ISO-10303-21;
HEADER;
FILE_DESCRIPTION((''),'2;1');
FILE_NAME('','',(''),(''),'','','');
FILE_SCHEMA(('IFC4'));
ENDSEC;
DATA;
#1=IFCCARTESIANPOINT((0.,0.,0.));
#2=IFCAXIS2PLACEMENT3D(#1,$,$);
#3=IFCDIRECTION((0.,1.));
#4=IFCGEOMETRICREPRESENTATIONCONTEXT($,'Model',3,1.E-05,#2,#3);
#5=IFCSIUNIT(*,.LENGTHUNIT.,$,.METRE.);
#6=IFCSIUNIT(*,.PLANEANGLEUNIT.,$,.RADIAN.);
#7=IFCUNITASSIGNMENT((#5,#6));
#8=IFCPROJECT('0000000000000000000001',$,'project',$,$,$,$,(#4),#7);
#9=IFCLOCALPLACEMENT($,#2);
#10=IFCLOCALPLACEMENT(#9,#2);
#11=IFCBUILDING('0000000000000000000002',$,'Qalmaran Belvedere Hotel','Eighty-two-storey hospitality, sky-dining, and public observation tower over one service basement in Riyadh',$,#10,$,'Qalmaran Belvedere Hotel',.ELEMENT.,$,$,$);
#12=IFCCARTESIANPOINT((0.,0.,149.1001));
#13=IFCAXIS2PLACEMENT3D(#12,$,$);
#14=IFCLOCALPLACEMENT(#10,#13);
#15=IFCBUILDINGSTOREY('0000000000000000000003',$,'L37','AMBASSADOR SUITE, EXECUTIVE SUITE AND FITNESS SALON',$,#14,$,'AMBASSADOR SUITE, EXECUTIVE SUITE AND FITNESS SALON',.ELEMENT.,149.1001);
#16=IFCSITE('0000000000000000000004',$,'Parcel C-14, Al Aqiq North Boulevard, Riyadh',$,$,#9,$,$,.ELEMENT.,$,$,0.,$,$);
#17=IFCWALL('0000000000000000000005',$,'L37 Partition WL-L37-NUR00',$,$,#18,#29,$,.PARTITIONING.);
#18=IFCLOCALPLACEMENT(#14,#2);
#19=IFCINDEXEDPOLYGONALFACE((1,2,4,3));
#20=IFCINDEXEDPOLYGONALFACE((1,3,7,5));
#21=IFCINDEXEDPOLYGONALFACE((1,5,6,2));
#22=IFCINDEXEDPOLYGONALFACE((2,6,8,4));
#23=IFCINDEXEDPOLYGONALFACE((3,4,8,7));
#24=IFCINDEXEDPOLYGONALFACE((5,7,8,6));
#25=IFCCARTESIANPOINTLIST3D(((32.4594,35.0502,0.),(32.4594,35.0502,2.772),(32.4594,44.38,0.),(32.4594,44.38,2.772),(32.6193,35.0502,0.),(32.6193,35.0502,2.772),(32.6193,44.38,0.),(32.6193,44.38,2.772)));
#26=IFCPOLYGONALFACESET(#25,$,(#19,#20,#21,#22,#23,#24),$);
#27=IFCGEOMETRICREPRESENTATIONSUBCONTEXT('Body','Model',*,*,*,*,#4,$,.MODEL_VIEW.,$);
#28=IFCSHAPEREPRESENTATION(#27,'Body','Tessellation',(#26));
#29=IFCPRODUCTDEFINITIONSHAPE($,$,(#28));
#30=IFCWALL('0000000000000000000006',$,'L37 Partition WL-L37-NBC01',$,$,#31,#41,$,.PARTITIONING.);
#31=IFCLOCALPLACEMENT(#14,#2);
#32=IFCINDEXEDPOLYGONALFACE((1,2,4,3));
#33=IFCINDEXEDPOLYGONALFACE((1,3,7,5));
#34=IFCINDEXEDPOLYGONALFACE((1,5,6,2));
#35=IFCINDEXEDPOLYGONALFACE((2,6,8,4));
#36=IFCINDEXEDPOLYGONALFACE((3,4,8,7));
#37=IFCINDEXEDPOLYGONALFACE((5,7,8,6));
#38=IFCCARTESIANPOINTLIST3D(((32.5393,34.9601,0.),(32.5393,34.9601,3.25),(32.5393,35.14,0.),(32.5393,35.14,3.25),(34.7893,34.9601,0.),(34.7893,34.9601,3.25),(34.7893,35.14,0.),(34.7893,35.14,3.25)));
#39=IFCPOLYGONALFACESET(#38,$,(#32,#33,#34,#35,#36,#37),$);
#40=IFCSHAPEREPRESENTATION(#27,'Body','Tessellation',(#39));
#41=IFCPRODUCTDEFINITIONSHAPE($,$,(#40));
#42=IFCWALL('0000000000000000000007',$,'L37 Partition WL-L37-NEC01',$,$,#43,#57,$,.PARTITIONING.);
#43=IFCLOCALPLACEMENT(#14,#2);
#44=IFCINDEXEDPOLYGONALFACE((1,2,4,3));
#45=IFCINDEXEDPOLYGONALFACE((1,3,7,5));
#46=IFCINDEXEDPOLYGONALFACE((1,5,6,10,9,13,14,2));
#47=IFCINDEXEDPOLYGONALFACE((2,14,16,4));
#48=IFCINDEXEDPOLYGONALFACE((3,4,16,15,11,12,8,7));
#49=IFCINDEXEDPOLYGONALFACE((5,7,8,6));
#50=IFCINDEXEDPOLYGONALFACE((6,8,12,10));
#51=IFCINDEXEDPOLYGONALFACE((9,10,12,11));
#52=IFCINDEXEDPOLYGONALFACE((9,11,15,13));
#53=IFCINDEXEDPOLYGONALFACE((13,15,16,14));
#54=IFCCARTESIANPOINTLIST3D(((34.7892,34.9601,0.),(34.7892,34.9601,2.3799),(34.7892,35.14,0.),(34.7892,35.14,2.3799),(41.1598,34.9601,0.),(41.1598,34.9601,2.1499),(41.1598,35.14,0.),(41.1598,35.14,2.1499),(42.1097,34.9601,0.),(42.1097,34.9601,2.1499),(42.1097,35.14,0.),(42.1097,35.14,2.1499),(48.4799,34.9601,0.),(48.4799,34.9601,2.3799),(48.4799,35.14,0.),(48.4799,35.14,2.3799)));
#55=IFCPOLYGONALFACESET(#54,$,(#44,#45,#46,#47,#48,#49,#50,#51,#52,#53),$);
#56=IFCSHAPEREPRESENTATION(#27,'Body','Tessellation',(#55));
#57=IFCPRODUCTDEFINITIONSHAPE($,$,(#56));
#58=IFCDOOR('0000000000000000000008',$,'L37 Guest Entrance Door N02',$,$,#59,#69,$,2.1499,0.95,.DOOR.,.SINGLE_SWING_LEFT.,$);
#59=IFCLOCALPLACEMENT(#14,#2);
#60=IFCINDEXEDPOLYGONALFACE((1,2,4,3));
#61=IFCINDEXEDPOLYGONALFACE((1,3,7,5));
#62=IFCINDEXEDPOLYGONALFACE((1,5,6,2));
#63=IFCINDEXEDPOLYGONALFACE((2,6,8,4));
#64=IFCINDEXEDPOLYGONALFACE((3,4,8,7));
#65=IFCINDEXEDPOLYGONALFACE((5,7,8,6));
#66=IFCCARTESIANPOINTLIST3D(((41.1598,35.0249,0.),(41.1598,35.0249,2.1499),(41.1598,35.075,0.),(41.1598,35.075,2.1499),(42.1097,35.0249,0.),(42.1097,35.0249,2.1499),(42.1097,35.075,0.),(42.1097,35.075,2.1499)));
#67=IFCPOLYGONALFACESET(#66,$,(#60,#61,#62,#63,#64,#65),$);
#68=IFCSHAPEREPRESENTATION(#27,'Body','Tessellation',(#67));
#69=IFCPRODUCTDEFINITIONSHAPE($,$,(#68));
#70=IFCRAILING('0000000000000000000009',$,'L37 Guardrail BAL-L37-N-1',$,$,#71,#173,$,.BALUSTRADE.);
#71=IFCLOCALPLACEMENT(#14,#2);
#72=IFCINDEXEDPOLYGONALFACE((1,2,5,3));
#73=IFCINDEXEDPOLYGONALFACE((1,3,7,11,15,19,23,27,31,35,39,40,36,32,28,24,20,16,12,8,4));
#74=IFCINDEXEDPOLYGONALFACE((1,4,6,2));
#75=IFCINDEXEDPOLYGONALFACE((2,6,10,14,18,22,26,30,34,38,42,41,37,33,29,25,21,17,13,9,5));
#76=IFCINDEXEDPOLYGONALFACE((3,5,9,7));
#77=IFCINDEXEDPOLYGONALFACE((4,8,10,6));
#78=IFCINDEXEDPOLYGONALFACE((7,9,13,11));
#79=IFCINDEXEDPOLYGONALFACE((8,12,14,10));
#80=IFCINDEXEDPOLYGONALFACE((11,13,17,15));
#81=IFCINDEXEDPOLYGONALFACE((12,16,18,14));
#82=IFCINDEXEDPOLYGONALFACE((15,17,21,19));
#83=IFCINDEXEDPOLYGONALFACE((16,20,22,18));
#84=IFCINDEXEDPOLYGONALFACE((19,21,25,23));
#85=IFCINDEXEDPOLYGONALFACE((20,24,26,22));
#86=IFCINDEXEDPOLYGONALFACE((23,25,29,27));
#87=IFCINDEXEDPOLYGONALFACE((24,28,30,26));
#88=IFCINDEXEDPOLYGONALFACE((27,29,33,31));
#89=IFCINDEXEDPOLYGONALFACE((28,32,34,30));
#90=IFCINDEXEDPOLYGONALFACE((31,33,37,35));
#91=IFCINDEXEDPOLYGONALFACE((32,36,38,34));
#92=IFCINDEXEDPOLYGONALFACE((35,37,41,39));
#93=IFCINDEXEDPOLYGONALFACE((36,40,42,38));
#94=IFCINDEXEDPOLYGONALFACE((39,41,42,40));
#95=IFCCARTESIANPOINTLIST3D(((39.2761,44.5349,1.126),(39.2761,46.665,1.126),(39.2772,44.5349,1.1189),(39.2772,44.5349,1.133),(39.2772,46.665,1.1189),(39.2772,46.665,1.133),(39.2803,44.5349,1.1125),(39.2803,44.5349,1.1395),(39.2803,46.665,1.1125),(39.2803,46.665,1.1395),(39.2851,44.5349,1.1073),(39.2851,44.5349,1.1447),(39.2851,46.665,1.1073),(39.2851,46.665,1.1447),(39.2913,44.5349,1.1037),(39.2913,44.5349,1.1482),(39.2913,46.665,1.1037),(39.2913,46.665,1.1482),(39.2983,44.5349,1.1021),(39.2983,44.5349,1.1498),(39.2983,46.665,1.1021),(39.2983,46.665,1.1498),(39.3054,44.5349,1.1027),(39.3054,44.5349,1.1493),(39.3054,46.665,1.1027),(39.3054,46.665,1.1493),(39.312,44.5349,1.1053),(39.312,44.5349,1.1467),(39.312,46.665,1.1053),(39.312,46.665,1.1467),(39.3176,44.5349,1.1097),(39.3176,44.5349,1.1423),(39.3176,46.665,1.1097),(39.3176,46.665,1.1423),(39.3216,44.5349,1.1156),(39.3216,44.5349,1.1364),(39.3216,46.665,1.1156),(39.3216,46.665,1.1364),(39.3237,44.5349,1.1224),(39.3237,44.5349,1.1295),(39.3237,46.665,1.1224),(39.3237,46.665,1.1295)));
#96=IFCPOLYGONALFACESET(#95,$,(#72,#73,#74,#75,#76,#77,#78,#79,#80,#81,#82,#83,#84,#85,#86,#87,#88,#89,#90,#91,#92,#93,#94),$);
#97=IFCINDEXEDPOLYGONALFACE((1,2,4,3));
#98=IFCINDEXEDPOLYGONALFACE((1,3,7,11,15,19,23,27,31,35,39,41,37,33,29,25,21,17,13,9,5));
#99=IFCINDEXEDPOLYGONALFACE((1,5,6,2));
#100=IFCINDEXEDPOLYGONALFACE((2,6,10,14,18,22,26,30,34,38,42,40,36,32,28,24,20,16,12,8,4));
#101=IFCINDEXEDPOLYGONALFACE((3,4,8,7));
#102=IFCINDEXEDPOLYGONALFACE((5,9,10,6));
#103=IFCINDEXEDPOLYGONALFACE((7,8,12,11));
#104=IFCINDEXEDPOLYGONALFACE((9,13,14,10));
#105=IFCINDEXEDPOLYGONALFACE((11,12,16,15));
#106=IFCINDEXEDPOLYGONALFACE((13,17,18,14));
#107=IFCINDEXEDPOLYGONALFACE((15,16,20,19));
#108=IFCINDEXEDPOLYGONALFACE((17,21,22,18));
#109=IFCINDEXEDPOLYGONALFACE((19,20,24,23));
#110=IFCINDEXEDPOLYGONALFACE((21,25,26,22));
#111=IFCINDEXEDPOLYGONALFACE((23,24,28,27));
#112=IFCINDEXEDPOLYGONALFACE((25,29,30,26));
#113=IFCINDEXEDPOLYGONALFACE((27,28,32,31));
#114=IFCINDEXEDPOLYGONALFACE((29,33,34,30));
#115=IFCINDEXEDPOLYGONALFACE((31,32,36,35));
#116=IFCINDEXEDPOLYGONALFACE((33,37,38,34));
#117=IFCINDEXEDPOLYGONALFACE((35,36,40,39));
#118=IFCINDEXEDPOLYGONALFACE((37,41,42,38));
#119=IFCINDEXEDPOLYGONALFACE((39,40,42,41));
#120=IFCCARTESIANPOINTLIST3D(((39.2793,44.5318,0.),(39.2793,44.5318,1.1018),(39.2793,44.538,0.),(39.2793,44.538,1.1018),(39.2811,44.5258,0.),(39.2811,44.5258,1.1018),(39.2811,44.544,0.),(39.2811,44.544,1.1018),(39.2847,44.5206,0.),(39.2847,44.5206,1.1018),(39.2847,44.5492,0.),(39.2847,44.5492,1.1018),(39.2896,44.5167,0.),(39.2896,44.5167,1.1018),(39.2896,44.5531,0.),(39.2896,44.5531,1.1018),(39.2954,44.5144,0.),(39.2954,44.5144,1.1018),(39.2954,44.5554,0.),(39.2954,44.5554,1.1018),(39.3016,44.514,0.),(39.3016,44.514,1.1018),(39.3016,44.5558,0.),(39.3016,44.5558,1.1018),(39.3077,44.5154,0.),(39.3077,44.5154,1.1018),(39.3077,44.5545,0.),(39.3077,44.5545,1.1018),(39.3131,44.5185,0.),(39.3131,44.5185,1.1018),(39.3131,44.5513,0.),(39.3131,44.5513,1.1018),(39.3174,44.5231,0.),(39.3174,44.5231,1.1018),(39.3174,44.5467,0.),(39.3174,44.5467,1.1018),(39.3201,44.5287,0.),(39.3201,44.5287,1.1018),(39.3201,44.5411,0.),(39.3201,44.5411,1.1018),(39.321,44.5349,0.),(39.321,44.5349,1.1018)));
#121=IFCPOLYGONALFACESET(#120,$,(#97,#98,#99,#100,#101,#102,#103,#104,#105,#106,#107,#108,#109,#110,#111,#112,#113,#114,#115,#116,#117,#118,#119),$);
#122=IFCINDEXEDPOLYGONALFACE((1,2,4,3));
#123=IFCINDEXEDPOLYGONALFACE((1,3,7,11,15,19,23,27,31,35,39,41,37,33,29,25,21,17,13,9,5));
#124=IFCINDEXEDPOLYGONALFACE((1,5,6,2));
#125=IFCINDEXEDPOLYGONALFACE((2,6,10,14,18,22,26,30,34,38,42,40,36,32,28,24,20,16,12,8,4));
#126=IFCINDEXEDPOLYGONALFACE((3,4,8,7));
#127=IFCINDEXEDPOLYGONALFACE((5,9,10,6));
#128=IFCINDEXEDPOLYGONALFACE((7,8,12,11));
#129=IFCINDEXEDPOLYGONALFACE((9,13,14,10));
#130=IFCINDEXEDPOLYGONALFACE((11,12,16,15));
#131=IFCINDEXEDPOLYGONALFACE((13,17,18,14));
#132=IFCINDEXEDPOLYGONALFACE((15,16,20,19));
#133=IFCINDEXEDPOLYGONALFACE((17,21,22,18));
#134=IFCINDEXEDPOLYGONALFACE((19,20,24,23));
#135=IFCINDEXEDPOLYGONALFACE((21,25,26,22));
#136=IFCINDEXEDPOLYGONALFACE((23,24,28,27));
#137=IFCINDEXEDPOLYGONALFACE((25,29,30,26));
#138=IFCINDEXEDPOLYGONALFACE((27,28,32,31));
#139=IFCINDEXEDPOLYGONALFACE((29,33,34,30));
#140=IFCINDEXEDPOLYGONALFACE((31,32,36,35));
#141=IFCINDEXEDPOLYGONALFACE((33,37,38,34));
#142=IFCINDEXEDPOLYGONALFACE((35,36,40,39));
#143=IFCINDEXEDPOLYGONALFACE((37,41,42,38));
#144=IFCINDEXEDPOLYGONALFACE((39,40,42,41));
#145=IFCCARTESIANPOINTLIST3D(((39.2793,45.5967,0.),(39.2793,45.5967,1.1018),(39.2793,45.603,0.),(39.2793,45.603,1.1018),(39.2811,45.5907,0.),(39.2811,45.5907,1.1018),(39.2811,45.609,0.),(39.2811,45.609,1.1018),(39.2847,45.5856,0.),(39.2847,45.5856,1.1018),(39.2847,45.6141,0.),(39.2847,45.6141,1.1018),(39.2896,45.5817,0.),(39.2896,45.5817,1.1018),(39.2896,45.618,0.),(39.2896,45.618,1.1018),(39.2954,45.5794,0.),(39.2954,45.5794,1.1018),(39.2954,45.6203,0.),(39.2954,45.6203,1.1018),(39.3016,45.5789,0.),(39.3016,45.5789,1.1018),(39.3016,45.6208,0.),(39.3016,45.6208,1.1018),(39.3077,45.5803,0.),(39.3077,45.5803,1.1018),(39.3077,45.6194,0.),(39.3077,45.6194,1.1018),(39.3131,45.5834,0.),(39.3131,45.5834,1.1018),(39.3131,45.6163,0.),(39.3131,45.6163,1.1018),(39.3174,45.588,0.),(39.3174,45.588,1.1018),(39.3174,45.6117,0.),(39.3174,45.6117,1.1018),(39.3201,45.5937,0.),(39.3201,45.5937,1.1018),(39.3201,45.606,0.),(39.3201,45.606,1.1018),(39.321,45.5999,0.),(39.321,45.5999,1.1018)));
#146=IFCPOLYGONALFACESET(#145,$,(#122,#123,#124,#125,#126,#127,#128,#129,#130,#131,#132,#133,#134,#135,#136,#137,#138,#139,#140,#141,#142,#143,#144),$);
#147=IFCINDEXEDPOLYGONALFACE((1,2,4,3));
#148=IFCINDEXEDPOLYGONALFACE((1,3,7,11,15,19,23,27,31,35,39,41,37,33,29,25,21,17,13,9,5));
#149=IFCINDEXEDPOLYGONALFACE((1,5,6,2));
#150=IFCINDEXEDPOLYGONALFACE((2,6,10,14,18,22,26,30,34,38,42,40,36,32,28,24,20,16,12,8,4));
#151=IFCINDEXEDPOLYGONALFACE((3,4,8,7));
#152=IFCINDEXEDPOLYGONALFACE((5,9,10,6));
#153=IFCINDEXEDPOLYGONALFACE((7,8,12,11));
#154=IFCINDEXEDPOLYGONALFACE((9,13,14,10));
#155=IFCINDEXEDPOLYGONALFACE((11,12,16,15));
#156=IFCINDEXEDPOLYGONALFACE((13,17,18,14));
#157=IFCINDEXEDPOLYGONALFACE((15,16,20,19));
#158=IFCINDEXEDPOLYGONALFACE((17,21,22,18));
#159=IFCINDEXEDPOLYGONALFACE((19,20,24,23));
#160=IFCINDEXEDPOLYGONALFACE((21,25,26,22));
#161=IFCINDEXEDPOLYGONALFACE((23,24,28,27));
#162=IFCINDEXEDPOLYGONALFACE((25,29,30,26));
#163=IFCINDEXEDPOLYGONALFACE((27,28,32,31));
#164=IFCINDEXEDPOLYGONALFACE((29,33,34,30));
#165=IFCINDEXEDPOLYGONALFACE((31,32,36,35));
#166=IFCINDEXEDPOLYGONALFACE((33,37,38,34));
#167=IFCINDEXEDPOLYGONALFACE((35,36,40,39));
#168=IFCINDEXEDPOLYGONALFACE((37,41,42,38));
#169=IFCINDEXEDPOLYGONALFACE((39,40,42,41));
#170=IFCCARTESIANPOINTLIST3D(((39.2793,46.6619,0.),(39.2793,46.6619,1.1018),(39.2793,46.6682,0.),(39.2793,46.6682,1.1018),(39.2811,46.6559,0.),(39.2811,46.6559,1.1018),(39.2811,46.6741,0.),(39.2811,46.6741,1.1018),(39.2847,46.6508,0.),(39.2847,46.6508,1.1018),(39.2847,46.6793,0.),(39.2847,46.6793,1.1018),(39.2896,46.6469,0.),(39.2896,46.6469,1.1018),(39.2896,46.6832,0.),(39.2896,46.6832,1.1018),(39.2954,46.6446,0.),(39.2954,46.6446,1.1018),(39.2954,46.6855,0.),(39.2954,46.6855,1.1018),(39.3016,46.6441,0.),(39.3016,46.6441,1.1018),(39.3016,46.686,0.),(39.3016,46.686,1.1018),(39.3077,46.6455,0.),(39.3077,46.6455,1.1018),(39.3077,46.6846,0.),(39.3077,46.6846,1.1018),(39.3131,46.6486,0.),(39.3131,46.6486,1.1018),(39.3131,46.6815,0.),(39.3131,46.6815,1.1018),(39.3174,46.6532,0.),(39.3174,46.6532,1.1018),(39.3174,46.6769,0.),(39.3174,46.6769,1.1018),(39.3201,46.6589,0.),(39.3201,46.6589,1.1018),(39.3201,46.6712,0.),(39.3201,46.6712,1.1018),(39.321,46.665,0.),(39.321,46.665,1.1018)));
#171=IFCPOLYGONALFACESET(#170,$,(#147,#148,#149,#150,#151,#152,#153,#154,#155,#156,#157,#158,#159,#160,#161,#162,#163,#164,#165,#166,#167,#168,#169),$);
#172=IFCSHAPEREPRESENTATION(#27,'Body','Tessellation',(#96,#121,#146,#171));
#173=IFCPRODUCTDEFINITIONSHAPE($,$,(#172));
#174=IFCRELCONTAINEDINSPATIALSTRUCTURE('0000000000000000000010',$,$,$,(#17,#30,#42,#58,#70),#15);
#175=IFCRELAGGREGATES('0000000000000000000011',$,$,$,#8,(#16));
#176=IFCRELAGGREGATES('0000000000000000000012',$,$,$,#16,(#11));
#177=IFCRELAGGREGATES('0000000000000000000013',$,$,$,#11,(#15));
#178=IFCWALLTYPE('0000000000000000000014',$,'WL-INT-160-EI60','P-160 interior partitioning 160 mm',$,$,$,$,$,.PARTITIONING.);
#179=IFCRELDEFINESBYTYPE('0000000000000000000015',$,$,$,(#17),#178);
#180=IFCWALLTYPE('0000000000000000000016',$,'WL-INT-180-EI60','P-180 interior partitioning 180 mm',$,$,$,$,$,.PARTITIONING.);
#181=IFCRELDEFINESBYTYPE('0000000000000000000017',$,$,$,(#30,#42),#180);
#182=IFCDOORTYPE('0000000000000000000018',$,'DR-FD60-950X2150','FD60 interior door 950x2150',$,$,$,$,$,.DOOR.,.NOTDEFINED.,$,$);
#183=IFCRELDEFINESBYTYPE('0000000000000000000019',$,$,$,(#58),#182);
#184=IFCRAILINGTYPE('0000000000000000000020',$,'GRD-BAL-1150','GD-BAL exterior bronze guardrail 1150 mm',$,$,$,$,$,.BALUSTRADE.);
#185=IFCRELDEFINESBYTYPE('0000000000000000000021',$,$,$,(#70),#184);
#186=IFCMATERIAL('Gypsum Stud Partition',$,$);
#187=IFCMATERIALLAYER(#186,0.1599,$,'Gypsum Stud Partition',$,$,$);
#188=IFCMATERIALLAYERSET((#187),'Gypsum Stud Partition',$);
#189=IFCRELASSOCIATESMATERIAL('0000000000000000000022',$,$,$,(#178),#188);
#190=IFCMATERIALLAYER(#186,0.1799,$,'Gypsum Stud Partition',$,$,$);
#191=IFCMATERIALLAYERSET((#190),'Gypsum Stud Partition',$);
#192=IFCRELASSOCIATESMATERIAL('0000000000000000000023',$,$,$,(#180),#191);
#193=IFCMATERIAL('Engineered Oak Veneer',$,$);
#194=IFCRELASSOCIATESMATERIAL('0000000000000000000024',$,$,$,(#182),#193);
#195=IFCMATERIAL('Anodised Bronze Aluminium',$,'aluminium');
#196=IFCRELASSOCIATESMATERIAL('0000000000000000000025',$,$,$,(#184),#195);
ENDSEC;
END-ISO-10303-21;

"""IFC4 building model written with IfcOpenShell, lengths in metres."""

from ifc_helpers import new_model, si_unit, direction, frame, frame_2d, origin, origin_2d, place, context, subcontext, project, spatial, rectangle, circle, extrude, material, layer, layer_set, type_object, element, fill, save


model = new_model("IFC4")

# Units and contexts
model_context = context("Model", 3, precision=1e-05, world=origin(), true_north=direction((0.0, 1.0)))
body_context = subcontext(model_context, "Body", "Model", "MODEL_VIEW")
ifc_project = project(units=[si_unit("LENGTHUNIT", "METRE"), si_unit("PLANEANGLEUNIT", "RADIAN")], contexts=[model_context])

# Site, building, storey
site_placement = place(None, origin())
site = spatial("IfcSite", under=ifc_project, at=site_placement, Name="Parcel C-14, Al Aqiq North Boulevard, Riyadh", CompositionType="ELEMENT", RefElevation=0.0)
building_placement = place(site_placement, origin())
building = spatial("IfcBuilding", under=site, at=building_placement, Name="Qalmaran Belvedere Hotel", Description="Eighty-two-storey hospitality, sky-dining, and public observation tower over one service basement in Riyadh", LongName="Qalmaran Belvedere Hotel", CompositionType="ELEMENT")
storey_placement = place(building_placement, frame((0.0, 0.0, 149.1001)))
storey = spatial("IfcBuildingStorey", under=building, at=storey_placement, Name="L37", Description="AMBASSADOR SUITE, EXECUTIVE SUITE AND FITNESS SALON", LongName="AMBASSADOR SUITE, EXECUTIVE SUITE AND FITNESS SALON", CompositionType="ELEMENT", Elevation=149.1001)

# Shared definitions
ifc_material_1 = material(Name="Anodised Bronze Aluminium", Category="aluminium")

# Shared definitions
ifc_material_2 = material(Name="Engineered Oak Veneer")

# Walls
ifc_material_3 = material(Name="Gypsum Stud Partition")
ifc_layer_1 = layer(ifc_material_3, 0.1599, Name="Gypsum Stud Partition")
ifc_layer_set_1 = layer_set([ifc_layer_1], Name="Gypsum Stud Partition")
wall_type_1 = type_object("IfcWallType", Name="WL-INT-160-EI60", Description="P-160 interior partitioning 160 mm", PredefinedType="PARTITIONING", material=ifc_layer_set_1)
wall_1_placement = place(storey_placement, frame((32.5393, 35.05, 0.0), z_axis=(0.0, 0.0, 1.0), x_axis=(0.0, 1.0, 0.0)))
element("IfcWall", 1, at=wall_1_placement, inside=storey, type_object=wall_type_1, Name="L37 Partition WL-L37-NUR00", PredefinedType="PARTITIONING", context=body_context, shape_type="SweptSolid", body=[
    extrude(rectangle(XDim=9.3298, YDim=0.1599, at=frame_2d((4.665, 0.0))), origin(), (0.0, 0.0, 1.0), 2.772),
])
ifc_layer_2 = layer(ifc_material_3, 0.1799, Name="Gypsum Stud Partition")
ifc_layer_set_2 = layer_set([ifc_layer_2], Name="Gypsum Stud Partition")
wall_type_2 = type_object("IfcWallType", Name="WL-INT-180-EI60", Description="P-180 interior partitioning 180 mm", PredefinedType="PARTITIONING", material=ifc_layer_set_2)
wall_2_placement = place(storey_placement, frame((32.5393, 35.05, 0.0), z_axis=(0.0, 0.0, 1.0), x_axis=(1.0, 0.0, 0.0)))
element("IfcWall", 2, at=wall_2_placement, inside=storey, type_object=wall_type_2, Name="L37 Partition WL-L37-NBC01", PredefinedType="PARTITIONING", context=body_context, shape_type="SweptSolid", body=[
    extrude(rectangle(XDim=2.25, YDim=0.1799, at=frame_2d((1.125, 0.0))), origin(), (0.0, 0.0, 1.0), 3.25),
])

# Wall, opening, door
wall_3_placement = place(storey_placement, frame((34.7893, 35.05, 0.0), z_axis=(0.0, 0.0, 1.0), x_axis=(1.0, 0.0, 0.0)))
wall_3 = element("IfcWall", 3, at=wall_3_placement, inside=storey, type_object=wall_type_2, Name="L37 Partition WL-L37-NEC01", PredefinedType="PARTITIONING", context=body_context, shape_type="SweptSolid", body=[
    extrude(rectangle(XDim=13.6907, YDim=0.1799, at=frame_2d((6.8452, 0.0))), origin(), (0.0, 0.0, 1.0), 2.3799),
])
opening_1_placement = place(wall_3_placement, frame((6.3704, 0.0, 0.0)))
opening_1 = element("IfcOpeningElement", 4, at=opening_1_placement, cuts=wall_3, PredefinedType="OPENING", context=body_context, shape_type="SweptSolid", body=[
    extrude(rectangle(XDim=0.95, YDim=2.1499, at=frame_2d((0.4751, 1.075))), frame((0.0, 0.1001, 0.0), z_axis=(0.0, -1.0, 0.0), x_axis=(1.0, 0.0, 0.0)), (0.0, 0.0, 1.0), 0.2),
])
door_type_1 = type_object("IfcDoorType", Name="DR-FD60-950X2150", Description="FD60 interior door 950x2150", OperationType="NOTDEFINED", PredefinedType="DOOR", material=ifc_material_2)
door_1_placement = place(opening_1_placement, origin())
door_1 = element("IfcDoor", 5, at=door_1_placement, inside=storey, type_object=door_type_1, Name="L37 Guest Entrance Door N02", OperationType="SINGLE_SWING_LEFT", OverallHeight=2.1499, OverallWidth=0.95, PredefinedType="DOOR", context=body_context, shape_type="SweptSolid", body=[
    extrude(rectangle(XDim=0.95, YDim=2.1499, at=frame_2d((0.4751, 1.075))), frame((0.0, 0.0249, 0.0), z_axis=(0.0, -1.0, 0.0), x_axis=(1.0, 0.0, 0.0)), (0.0, 0.0, 1.0), 0.05),
])
fill(opening_1, door_1)

# Railing
railing_type = type_object("IfcRailingType", Name="GRD-BAL-1150", Description="GD-BAL exterior bronze guardrail 1150 mm", PredefinedType="BALUSTRADE", material=ifc_material_1)
railing_1_placement = place(storey_placement, frame((39.3, 44.5349, 0.0)))
element("IfcRailing", 6, at=railing_1_placement, inside=storey, type_object=railing_type, Name="L37 Guardrail BAL-L37-N-1", PredefinedType="BALUSTRADE", context=body_context, shape_type="SweptSolid", body=[
    extrude(circle(Radius=0.0239, at=origin_2d()), frame((0.0, 0.0, 1.126), z_axis=(0.0, 1.0, 0.0), x_axis=(-1.0, 0.0, 0.0)), (0.0, 0.0, 1.0), 2.1301),
    extrude(circle(Radius=0.021, at=origin_2d()), origin(), (0.0, 0.0, 1.0), 1.1018),
    extrude(circle(Radius=0.021, at=origin_2d()), frame((0.0, 1.0649, 0.0)), (0.0, 0.0, 1.0), 1.1018),
    extrude(circle(Radius=0.021, at=origin_2d()), frame((0.0, 2.1301, 0.0)), (0.0, 0.0, 1.0), 1.1018),
])

save(model, "model.ifc")
